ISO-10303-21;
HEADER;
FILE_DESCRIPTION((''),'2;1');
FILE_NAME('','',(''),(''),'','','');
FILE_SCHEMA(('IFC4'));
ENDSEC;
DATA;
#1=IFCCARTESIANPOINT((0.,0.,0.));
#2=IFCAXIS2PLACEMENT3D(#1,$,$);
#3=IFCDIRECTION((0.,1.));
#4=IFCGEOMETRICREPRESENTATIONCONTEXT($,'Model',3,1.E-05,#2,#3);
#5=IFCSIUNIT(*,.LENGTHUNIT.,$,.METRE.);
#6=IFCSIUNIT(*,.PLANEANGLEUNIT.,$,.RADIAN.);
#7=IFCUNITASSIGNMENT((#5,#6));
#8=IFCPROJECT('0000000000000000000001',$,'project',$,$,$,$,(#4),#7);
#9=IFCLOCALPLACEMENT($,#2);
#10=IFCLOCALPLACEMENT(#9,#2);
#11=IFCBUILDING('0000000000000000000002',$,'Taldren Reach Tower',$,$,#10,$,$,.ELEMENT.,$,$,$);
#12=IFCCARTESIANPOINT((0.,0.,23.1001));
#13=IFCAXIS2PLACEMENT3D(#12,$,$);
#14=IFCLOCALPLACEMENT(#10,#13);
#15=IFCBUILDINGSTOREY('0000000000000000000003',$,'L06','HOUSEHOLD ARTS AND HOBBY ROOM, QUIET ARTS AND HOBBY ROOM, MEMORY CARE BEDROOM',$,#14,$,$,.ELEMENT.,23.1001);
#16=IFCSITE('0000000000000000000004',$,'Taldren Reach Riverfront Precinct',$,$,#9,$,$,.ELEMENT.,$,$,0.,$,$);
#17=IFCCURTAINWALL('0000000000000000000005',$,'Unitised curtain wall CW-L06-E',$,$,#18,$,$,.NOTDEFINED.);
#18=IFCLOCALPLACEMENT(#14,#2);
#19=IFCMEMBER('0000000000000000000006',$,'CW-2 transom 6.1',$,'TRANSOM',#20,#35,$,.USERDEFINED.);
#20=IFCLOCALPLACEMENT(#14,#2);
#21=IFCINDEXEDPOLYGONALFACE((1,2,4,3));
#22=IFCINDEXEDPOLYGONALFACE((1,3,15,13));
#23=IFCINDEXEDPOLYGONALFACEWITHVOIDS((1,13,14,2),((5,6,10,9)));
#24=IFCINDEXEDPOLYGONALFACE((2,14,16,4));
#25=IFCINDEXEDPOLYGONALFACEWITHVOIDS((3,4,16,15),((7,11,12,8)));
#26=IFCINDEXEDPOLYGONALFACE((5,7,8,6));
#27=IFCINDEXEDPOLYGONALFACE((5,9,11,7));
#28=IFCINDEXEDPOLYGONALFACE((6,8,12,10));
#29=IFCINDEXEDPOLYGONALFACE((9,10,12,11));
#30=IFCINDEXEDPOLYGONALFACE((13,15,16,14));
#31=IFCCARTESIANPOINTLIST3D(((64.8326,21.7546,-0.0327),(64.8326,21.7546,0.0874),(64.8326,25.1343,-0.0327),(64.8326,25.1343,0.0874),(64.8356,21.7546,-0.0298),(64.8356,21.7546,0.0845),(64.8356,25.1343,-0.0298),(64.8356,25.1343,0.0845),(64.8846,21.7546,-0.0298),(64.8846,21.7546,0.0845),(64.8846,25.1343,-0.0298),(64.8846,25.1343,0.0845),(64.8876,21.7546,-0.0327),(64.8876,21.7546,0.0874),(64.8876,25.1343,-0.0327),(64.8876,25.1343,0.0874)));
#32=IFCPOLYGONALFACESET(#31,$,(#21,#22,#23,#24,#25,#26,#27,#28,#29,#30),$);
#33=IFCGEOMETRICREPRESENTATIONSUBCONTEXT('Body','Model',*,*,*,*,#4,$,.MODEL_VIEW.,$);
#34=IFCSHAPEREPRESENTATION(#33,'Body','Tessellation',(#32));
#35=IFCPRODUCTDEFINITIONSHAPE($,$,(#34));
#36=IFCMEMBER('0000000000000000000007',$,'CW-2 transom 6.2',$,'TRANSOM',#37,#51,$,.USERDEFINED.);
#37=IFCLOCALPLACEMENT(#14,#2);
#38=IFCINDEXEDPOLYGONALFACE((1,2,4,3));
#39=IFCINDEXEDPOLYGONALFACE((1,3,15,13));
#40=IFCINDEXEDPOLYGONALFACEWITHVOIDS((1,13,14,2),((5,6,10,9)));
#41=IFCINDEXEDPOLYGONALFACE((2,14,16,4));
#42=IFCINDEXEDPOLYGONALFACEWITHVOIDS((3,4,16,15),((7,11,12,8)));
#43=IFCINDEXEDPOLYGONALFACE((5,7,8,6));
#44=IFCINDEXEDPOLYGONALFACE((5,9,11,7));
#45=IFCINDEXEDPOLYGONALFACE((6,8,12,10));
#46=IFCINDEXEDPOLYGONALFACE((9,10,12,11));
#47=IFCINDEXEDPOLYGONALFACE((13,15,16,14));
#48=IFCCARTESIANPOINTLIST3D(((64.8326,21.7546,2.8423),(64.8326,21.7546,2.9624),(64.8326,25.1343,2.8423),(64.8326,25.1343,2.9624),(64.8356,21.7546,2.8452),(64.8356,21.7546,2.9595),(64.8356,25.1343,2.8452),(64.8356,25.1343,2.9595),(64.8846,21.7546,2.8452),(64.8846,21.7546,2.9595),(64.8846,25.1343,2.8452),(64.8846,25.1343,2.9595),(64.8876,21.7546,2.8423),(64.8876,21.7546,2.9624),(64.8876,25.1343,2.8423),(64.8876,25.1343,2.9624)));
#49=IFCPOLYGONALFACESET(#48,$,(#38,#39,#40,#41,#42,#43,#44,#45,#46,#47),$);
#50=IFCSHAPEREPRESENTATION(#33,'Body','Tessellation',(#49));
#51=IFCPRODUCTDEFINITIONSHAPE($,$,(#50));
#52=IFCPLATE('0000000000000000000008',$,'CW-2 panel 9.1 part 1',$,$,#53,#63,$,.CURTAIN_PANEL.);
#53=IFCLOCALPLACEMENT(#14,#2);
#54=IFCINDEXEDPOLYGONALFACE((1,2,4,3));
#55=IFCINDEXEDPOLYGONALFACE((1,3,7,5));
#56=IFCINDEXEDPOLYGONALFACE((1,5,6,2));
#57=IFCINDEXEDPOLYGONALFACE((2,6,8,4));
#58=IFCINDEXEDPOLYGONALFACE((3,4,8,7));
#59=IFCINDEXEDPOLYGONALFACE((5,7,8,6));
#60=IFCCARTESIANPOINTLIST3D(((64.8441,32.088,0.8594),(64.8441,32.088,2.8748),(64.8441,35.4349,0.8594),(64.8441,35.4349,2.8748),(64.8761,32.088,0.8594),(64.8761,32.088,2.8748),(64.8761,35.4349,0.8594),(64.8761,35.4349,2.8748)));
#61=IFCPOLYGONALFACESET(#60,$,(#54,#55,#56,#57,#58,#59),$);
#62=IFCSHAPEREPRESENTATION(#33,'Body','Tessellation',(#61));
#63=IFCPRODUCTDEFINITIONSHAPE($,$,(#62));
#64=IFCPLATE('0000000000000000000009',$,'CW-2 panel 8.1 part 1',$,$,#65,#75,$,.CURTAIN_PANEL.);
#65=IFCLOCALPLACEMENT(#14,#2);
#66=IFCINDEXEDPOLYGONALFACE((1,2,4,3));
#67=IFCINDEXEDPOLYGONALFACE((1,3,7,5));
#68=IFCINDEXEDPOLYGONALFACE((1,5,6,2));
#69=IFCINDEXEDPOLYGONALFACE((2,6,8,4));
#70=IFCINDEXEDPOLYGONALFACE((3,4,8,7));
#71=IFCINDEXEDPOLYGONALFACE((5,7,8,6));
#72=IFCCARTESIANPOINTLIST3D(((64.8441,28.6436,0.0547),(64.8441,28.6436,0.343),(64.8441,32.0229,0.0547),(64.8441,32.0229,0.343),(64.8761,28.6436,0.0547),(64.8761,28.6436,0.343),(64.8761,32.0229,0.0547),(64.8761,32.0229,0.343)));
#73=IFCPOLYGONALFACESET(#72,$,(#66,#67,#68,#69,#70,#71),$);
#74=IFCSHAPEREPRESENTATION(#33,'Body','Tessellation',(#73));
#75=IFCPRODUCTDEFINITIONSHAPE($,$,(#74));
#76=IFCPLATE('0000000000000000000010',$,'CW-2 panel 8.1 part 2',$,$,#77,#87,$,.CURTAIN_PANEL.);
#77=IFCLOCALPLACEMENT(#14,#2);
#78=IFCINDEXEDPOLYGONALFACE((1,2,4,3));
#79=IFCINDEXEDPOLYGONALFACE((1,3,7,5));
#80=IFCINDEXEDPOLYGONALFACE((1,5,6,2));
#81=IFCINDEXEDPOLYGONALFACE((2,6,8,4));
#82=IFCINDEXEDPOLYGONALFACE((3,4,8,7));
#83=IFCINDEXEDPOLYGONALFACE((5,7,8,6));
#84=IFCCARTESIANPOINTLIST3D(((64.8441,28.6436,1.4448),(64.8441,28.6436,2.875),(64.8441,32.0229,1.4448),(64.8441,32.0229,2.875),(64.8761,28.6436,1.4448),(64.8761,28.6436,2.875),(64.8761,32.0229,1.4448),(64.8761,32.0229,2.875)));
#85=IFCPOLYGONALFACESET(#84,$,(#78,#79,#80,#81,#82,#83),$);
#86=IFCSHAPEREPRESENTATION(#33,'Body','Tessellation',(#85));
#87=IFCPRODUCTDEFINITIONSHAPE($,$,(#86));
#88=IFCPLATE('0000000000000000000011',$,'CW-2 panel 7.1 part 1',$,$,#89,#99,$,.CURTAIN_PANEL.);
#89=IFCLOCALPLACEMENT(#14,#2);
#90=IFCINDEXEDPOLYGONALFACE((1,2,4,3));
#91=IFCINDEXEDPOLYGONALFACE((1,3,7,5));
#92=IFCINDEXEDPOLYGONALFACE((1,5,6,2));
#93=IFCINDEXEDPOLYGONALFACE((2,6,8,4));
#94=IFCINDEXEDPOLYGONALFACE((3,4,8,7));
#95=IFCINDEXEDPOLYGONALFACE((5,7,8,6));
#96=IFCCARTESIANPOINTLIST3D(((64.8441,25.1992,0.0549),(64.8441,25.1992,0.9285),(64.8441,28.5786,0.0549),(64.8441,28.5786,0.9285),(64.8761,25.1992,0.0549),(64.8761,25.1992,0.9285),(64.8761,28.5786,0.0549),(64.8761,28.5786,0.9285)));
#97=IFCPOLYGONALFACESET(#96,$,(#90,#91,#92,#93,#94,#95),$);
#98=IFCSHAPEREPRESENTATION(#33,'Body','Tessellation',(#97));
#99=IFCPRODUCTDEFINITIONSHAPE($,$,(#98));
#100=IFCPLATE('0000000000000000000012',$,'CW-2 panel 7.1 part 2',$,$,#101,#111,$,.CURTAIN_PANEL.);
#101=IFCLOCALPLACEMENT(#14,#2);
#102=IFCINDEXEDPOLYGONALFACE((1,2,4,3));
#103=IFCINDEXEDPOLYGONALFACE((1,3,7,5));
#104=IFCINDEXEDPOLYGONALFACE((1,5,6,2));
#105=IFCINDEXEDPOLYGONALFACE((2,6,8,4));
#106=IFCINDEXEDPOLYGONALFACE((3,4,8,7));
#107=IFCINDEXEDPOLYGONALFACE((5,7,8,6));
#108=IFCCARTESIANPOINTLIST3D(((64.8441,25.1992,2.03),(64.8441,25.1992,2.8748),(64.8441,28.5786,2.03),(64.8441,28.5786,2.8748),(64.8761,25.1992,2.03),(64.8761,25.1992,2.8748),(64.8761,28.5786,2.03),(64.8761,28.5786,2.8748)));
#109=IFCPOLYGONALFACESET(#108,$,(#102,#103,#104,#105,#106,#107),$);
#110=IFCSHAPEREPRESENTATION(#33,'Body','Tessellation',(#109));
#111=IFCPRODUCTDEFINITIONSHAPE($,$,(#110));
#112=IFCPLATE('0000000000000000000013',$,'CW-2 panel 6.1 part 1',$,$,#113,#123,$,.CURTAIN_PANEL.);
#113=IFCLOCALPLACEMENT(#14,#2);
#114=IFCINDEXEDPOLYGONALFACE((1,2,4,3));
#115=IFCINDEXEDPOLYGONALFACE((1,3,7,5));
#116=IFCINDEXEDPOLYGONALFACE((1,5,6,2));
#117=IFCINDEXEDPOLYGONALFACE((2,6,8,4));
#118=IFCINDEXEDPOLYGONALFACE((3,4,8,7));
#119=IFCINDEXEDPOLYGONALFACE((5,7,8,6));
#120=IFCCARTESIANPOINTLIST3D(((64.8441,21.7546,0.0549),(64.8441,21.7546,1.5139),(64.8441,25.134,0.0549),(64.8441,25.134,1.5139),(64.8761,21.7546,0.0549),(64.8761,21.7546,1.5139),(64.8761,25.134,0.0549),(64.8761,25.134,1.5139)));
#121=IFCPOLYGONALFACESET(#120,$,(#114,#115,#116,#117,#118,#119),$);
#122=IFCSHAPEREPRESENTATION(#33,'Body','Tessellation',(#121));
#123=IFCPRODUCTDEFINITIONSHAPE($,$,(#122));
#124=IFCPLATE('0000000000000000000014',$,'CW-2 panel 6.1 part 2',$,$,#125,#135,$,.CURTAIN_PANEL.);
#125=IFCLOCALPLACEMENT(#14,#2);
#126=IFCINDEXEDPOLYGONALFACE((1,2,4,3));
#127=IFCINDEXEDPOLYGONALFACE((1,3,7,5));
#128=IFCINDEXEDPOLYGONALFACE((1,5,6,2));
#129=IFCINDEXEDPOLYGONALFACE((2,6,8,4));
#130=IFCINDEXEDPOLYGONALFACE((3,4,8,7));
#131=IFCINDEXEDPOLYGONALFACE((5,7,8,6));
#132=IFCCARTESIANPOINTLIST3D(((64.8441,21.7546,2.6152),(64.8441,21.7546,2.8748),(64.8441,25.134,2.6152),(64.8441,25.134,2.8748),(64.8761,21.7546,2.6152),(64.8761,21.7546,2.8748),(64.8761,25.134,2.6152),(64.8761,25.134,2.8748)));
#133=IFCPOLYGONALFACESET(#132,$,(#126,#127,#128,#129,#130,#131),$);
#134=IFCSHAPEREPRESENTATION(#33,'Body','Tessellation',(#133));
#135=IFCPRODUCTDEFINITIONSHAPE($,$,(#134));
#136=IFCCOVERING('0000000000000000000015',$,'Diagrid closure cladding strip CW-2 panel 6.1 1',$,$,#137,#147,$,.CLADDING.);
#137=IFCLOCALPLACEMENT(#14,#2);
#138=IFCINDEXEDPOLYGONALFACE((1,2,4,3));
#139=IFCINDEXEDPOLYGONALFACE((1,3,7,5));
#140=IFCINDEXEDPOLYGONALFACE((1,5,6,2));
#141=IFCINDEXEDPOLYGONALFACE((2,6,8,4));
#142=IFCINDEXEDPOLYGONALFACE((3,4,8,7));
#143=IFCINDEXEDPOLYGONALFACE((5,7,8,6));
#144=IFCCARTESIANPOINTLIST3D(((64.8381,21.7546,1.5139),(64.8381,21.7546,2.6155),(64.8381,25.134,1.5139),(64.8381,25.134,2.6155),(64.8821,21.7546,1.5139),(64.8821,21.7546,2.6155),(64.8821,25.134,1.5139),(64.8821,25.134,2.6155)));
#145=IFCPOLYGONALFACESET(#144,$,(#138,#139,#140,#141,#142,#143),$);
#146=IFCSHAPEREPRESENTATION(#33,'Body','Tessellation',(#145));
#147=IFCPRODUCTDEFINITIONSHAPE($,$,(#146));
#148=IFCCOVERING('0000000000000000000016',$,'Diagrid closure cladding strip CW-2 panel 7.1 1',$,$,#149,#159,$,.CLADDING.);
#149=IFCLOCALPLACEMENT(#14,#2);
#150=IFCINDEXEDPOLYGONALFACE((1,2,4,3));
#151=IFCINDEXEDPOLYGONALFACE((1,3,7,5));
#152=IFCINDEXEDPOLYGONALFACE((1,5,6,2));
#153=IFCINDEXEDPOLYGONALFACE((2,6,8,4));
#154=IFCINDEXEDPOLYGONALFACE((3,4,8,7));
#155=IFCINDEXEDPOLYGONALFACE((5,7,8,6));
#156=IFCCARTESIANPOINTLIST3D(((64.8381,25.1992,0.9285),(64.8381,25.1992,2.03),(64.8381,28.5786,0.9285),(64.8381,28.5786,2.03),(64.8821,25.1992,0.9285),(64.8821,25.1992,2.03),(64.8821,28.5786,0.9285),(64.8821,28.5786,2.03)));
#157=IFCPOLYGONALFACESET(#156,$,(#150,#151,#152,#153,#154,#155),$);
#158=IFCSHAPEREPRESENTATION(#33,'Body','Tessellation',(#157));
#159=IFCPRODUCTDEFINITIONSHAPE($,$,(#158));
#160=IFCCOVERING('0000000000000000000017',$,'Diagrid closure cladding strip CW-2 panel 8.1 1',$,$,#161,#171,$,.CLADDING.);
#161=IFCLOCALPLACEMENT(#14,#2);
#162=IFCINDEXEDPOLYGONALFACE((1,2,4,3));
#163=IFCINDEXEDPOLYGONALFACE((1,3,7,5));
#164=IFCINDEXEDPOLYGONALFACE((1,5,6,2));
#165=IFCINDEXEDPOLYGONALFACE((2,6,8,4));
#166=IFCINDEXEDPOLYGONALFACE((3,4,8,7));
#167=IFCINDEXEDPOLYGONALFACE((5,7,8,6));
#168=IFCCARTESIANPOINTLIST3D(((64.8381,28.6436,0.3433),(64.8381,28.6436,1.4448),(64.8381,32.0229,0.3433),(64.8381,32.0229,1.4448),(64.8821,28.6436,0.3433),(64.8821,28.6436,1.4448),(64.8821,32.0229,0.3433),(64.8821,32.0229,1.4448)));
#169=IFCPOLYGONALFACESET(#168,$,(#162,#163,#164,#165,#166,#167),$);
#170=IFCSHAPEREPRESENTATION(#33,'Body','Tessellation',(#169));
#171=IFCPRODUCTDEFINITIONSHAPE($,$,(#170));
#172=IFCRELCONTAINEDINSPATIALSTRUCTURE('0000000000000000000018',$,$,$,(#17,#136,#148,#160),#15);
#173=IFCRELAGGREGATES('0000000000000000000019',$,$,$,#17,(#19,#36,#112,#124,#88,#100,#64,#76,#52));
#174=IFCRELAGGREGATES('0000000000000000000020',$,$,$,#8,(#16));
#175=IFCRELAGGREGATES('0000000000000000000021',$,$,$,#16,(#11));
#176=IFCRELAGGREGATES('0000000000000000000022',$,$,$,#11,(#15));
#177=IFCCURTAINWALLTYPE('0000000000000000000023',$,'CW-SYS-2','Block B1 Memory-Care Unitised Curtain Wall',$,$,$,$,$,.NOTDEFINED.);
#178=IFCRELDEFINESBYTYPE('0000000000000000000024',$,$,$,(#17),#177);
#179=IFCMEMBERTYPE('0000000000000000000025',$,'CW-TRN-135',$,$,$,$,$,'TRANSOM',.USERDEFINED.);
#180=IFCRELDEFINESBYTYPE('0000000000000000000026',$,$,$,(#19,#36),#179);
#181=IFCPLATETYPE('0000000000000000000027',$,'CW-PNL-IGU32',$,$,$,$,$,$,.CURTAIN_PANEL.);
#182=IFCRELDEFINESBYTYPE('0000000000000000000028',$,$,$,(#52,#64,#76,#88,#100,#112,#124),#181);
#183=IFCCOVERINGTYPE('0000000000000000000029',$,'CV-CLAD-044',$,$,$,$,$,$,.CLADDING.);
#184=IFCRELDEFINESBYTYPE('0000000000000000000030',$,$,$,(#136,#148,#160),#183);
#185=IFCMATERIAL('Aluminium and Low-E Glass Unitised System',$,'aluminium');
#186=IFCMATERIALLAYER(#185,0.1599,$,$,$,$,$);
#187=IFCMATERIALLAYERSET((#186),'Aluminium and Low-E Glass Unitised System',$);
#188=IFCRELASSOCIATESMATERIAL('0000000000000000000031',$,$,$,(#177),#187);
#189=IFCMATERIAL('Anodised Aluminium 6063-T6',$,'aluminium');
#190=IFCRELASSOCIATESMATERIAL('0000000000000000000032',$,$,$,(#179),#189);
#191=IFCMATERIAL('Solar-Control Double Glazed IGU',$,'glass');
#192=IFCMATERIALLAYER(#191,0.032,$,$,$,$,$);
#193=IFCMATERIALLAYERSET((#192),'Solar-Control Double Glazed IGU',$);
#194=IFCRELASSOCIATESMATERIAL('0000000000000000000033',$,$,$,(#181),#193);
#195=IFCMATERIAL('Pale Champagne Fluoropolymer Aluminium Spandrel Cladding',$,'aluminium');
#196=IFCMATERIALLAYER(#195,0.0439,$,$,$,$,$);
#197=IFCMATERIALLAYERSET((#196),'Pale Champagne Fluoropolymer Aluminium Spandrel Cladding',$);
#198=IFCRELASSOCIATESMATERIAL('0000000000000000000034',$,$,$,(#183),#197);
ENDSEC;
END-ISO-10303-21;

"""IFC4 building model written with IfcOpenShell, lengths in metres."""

from ifc_helpers import new_model, si_unit, direction, frame, origin, origin_2d, place, context, subcontext, project, spatial, rectangle, hollow_rectangle, extrude, source, transform, mapped, material, layer, layer_set, material_profile, profile_set, type_object, element, aggregate, save


model = new_model("IFC4")

# Units and contexts
model_context = context("Model", 3, precision=1e-05, world=origin(), true_north=direction((0.0, 1.0)))
body_context = subcontext(model_context, "Body", "Model", "MODEL_VIEW")
ifc_project = project(units=[si_unit("LENGTHUNIT", "METRE"), si_unit("PLANEANGLEUNIT", "RADIAN")], contexts=[model_context])

# Site, building, storey
site_placement = place(None, origin())
site = spatial("IfcSite", under=ifc_project, at=site_placement, Name="Taldren Reach Riverfront Precinct", CompositionType="ELEMENT", RefElevation=0.0)
building_placement = place(site_placement, origin())
building = spatial("IfcBuilding", under=site, at=building_placement, Name="Taldren Reach Tower", CompositionType="ELEMENT")
storey_placement = place(building_placement, frame((0.0, 0.0, 23.1001)))
storey = spatial("IfcBuildingStorey", under=building, at=storey_placement, Name="L06", Description="HOUSEHOLD ARTS AND HOBBY ROOM, QUIET ARTS AND HOBBY ROOM, MEMORY CARE BEDROOM", CompositionType="ELEMENT", Elevation=23.1001)

# Curtain wall, members, plates
ifc_material_1 = material(Name="Aluminium and Low-E Glass Unitised System", Category="aluminium")
ifc_layer_1 = layer(ifc_material_1, 0.1599)
ifc_layer_set_1 = layer_set([ifc_layer_1], Name="Aluminium and Low-E Glass Unitised System")
curtain_wall_type = type_object("IfcCurtainWallType", Name="CW-SYS-2", Description="Block B1 Memory-Care Unitised Curtain Wall", PredefinedType="NOTDEFINED", material=ifc_layer_set_1)
curtain_wall_placement = place(storey_placement, origin())
curtain_wall = element("IfcCurtainWall", 1, at=curtain_wall_placement, inside=storey, type_object=curtain_wall_type, Name="Unitised curtain wall CW-L06-E", PredefinedType="NOTDEFINED")
ifc_material_2 = material(Name="Anodised Aluminium 6063-T6", Category="aluminium")
ifc_material_profile_1 = material_profile(ifc_material_2, hollow_rectangle(XDim=0.0549, YDim=0.1201, WallThickness=0.0029, at=origin_2d()), Name="ALU-120x55x3RHS")
ifc_profile_set_1 = profile_set([ifc_material_profile_1], Name="Anodised Aluminium 6063-T6")
member_type_1 = type_object("IfcMemberType", Name="CW-TRN-135", ElementType="TRANSOM", PredefinedType="USERDEFINED", material=ifc_profile_set_1)
shared_shape_1 = source(origin(), body_context, "Body", "SweptSolid", [
    extrude(hollow_rectangle(XDim=0.0549, YDim=0.1201, WallThickness=0.0029, at=origin_2d()), origin(), (0.0, 0.0, 1.0), 3.3796),
])
member_1_placement = place(storey_placement, frame((64.8601, 21.7546, 0.0273), z_axis=(0.0, 1.0, 0.0), x_axis=(-1.0, 0.0, 0.0)))
member_1 = element("IfcMember", 2, at=member_1_placement, type_object=member_type_1, Name="CW-2 transom 6.1", ObjectType="TRANSOM", PredefinedType="USERDEFINED", context=body_context, shape_type="MappedRepresentation", body=[
    mapped(shared_shape_1, transform((0.0, 0.0, 0.0), scale=1.0)),
])
member_2_placement = place(storey_placement, frame((64.8601, 21.7546, 2.9023), z_axis=(0.0, 1.0, 0.0), x_axis=(-1.0, 0.0, 0.0)))
member_2 = element("IfcMember", 3, at=member_2_placement, type_object=member_type_1, Name="CW-2 transom 6.2", ObjectType="TRANSOM", PredefinedType="USERDEFINED", context=body_context, shape_type="MappedRepresentation", body=[
    mapped(shared_shape_1, transform((0.0, 0.0, 0.0), scale=1.0)),
])
ifc_material_3 = material(Name="Solar-Control Double Glazed IGU", Category="glass")
ifc_layer_2 = layer(ifc_material_3, 0.032)
ifc_layer_set_2 = layer_set([ifc_layer_2], Name="Solar-Control Double Glazed IGU")
plate_type = type_object("IfcPlateType", Name="CW-PNL-IGU32", PredefinedType="CURTAIN_PANEL", material=ifc_layer_set_2)
shared_shape_2 = source(origin(), body_context, "Body", "SweptSolid", [
    extrude(rectangle(XDim=3.3469, YDim=0.032, at=origin_2d()), origin(), (0.0, 0.0, 1.0), 2.0154),
])
plate_1_placement = place(storey_placement, frame((64.8601, 33.7615, 0.8594), z_axis=(0.0, 0.0, 1.0), x_axis=(0.0, 1.0, 0.0)))
plate_1 = element("IfcPlate", 4, at=plate_1_placement, type_object=plate_type, Name="CW-2 panel 9.1 part 1", PredefinedType="CURTAIN_PANEL", context=body_context, shape_type="MappedRepresentation", body=[
    mapped(shared_shape_2, transform((0.0, 0.0, 0.0), scale=1.0)),
])
shared_shape_3 = source(origin(), body_context, "Body", "SweptSolid", [
    extrude(rectangle(XDim=3.3794, YDim=0.032, at=origin_2d()), origin(), (0.0, 0.0, 1.0), 0.2883),
])
plate_2_placement = place(storey_placement, frame((64.8601, 30.3333, 0.0547), z_axis=(0.0, 0.0, 1.0), x_axis=(0.0, 1.0, 0.0)))
plate_2 = element("IfcPlate", 5, at=plate_2_placement, type_object=plate_type, Name="CW-2 panel 8.1 part 1", PredefinedType="CURTAIN_PANEL", context=body_context, shape_type="MappedRepresentation", body=[
    mapped(shared_shape_3, transform((0.0, 0.0, 0.0), scale=1.0)),
])
shared_shape_4 = source(origin(), body_context, "Body", "SweptSolid", [
    extrude(rectangle(XDim=3.3794, YDim=0.032, at=origin_2d()), origin(), (0.0, 0.0, 1.0), 1.4302),
])
plate_3_placement = place(storey_placement, frame((64.8601, 30.3333, 1.4448), z_axis=(0.0, 0.0, 1.0), x_axis=(0.0, 1.0, 0.0)))
plate_3 = element("IfcPlate", 6, at=plate_3_placement, type_object=plate_type, Name="CW-2 panel 8.1 part 2", PredefinedType="CURTAIN_PANEL", context=body_context, shape_type="MappedRepresentation", body=[
    mapped(shared_shape_4, transform((0.0, 0.0, 0.0), scale=1.0)),
])
shared_shape_5 = source(origin(), body_context, "Body", "SweptSolid", [
    extrude(rectangle(XDim=3.3794, YDim=0.032, at=origin_2d()), origin(), (0.0, 0.0, 1.0), 0.8735),
])
plate_4_placement = place(storey_placement, frame((64.8601, 26.8889, 0.0549), z_axis=(0.0, 0.0, 1.0), x_axis=(0.0, 1.0, 0.0)))
plate_4 = element("IfcPlate", 7, at=plate_4_placement, type_object=plate_type, Name="CW-2 panel 7.1 part 1", PredefinedType="CURTAIN_PANEL", context=body_context, shape_type="MappedRepresentation", body=[
    mapped(shared_shape_5, transform((0.0, 0.0, 0.0), scale=1.0)),
])
shared_shape_6 = source(origin(), body_context, "Body", "SweptSolid", [
    extrude(rectangle(XDim=3.3794, YDim=0.032, at=origin_2d()), origin(), (0.0, 0.0, 1.0), 0.8447),
])
plate_5_placement = place(storey_placement, frame((64.8601, 26.8889, 2.03), z_axis=(0.0, 0.0, 1.0), x_axis=(0.0, 1.0, 0.0)))
plate_5 = element("IfcPlate", 8, at=plate_5_placement, type_object=plate_type, Name="CW-2 panel 7.1 part 2", PredefinedType="CURTAIN_PANEL", context=body_context, shape_type="MappedRepresentation", body=[
    mapped(shared_shape_6, transform((0.0, 0.0, 0.0), scale=1.0)),
])
shared_shape_7 = source(origin(), body_context, "Body", "SweptSolid", [
    extrude(rectangle(XDim=3.3794, YDim=0.032, at=origin_2d()), origin(), (0.0, 0.0, 1.0), 1.459),
])
plate_6_placement = place(storey_placement, frame((64.8601, 23.4443, 0.0549), z_axis=(0.0, 0.0, 1.0), x_axis=(0.0, 1.0, 0.0)))
plate_6 = element("IfcPlate", 9, at=plate_6_placement, type_object=plate_type, Name="CW-2 panel 6.1 part 1", PredefinedType="CURTAIN_PANEL", context=body_context, shape_type="MappedRepresentation", body=[
    mapped(shared_shape_7, transform((0.0, 0.0, 0.0), scale=1.0)),
])
shared_shape_8 = source(origin(), body_context, "Body", "SweptSolid", [
    extrude(rectangle(XDim=3.3794, YDim=0.032, at=origin_2d()), origin(), (0.0, 0.0, 1.0), 0.2595),
])
plate_7_placement = place(storey_placement, frame((64.8601, 23.4443, 2.6152), z_axis=(0.0, 0.0, 1.0), x_axis=(0.0, 1.0, 0.0)))
plate_7 = element("IfcPlate", 10, at=plate_7_placement, type_object=plate_type, Name="CW-2 panel 6.1 part 2", PredefinedType="CURTAIN_PANEL", context=body_context, shape_type="MappedRepresentation", body=[
    mapped(shared_shape_8, transform((0.0, 0.0, 0.0), scale=1.0)),
])
aggregate(curtain_wall, [member_1, member_2, plate_6, plate_7, plate_4, plate_5, plate_2, plate_3, plate_1])

# Coverings
ifc_material_4 = material(Name="Pale Champagne Fluoropolymer Aluminium Spandrel Cladding", Category="aluminium")
ifc_layer_3 = layer(ifc_material_4, 0.0439)
ifc_layer_set_3 = layer_set([ifc_layer_3], Name="Pale Champagne Fluoropolymer Aluminium Spandrel Cladding")
covering_type = type_object("IfcCoveringType", Name="CV-CLAD-044", PredefinedType="CLADDING", material=ifc_layer_set_3)
shared_shape_9 = source(origin(), body_context, "Body", "SweptSolid", [
    extrude(rectangle(XDim=3.3794, YDim=0.0439, at=origin_2d()), origin(), (0.0, 0.0, 1.0), 1.1016),
])
for number, where, z_axis, x_axis, name in (
    (11, (64.8601, 23.4443, 1.5139), (0.0, 0.0, 1.0), (0.0, 1.0, 0.0), "Diagrid closure cladding strip CW-2 panel 6.1 1"),
    (12, (64.8601, 26.8889, 0.9285), (0.0, 0.0, 1.0), (0.0, 1.0, 0.0), "Diagrid closure cladding strip CW-2 panel 7.1 1"),
    (13, (64.8601, 30.3333, 0.3433), (0.0, 0.0, 1.0), (0.0, 1.0, 0.0), "Diagrid closure cladding strip CW-2 panel 8.1 1"),
):
    element("IfcCovering", number, at=place(storey_placement, frame(where, z_axis=z_axis, x_axis=x_axis)), inside=storey, type_object=covering_type, Name=name, PredefinedType="CLADDING", context=body_context, shape_type="MappedRepresentation", body=[
        mapped(shared_shape_9, transform((0.0, 0.0, 0.0), scale=1.0)),
    ])

save(model, "model.ifc")
